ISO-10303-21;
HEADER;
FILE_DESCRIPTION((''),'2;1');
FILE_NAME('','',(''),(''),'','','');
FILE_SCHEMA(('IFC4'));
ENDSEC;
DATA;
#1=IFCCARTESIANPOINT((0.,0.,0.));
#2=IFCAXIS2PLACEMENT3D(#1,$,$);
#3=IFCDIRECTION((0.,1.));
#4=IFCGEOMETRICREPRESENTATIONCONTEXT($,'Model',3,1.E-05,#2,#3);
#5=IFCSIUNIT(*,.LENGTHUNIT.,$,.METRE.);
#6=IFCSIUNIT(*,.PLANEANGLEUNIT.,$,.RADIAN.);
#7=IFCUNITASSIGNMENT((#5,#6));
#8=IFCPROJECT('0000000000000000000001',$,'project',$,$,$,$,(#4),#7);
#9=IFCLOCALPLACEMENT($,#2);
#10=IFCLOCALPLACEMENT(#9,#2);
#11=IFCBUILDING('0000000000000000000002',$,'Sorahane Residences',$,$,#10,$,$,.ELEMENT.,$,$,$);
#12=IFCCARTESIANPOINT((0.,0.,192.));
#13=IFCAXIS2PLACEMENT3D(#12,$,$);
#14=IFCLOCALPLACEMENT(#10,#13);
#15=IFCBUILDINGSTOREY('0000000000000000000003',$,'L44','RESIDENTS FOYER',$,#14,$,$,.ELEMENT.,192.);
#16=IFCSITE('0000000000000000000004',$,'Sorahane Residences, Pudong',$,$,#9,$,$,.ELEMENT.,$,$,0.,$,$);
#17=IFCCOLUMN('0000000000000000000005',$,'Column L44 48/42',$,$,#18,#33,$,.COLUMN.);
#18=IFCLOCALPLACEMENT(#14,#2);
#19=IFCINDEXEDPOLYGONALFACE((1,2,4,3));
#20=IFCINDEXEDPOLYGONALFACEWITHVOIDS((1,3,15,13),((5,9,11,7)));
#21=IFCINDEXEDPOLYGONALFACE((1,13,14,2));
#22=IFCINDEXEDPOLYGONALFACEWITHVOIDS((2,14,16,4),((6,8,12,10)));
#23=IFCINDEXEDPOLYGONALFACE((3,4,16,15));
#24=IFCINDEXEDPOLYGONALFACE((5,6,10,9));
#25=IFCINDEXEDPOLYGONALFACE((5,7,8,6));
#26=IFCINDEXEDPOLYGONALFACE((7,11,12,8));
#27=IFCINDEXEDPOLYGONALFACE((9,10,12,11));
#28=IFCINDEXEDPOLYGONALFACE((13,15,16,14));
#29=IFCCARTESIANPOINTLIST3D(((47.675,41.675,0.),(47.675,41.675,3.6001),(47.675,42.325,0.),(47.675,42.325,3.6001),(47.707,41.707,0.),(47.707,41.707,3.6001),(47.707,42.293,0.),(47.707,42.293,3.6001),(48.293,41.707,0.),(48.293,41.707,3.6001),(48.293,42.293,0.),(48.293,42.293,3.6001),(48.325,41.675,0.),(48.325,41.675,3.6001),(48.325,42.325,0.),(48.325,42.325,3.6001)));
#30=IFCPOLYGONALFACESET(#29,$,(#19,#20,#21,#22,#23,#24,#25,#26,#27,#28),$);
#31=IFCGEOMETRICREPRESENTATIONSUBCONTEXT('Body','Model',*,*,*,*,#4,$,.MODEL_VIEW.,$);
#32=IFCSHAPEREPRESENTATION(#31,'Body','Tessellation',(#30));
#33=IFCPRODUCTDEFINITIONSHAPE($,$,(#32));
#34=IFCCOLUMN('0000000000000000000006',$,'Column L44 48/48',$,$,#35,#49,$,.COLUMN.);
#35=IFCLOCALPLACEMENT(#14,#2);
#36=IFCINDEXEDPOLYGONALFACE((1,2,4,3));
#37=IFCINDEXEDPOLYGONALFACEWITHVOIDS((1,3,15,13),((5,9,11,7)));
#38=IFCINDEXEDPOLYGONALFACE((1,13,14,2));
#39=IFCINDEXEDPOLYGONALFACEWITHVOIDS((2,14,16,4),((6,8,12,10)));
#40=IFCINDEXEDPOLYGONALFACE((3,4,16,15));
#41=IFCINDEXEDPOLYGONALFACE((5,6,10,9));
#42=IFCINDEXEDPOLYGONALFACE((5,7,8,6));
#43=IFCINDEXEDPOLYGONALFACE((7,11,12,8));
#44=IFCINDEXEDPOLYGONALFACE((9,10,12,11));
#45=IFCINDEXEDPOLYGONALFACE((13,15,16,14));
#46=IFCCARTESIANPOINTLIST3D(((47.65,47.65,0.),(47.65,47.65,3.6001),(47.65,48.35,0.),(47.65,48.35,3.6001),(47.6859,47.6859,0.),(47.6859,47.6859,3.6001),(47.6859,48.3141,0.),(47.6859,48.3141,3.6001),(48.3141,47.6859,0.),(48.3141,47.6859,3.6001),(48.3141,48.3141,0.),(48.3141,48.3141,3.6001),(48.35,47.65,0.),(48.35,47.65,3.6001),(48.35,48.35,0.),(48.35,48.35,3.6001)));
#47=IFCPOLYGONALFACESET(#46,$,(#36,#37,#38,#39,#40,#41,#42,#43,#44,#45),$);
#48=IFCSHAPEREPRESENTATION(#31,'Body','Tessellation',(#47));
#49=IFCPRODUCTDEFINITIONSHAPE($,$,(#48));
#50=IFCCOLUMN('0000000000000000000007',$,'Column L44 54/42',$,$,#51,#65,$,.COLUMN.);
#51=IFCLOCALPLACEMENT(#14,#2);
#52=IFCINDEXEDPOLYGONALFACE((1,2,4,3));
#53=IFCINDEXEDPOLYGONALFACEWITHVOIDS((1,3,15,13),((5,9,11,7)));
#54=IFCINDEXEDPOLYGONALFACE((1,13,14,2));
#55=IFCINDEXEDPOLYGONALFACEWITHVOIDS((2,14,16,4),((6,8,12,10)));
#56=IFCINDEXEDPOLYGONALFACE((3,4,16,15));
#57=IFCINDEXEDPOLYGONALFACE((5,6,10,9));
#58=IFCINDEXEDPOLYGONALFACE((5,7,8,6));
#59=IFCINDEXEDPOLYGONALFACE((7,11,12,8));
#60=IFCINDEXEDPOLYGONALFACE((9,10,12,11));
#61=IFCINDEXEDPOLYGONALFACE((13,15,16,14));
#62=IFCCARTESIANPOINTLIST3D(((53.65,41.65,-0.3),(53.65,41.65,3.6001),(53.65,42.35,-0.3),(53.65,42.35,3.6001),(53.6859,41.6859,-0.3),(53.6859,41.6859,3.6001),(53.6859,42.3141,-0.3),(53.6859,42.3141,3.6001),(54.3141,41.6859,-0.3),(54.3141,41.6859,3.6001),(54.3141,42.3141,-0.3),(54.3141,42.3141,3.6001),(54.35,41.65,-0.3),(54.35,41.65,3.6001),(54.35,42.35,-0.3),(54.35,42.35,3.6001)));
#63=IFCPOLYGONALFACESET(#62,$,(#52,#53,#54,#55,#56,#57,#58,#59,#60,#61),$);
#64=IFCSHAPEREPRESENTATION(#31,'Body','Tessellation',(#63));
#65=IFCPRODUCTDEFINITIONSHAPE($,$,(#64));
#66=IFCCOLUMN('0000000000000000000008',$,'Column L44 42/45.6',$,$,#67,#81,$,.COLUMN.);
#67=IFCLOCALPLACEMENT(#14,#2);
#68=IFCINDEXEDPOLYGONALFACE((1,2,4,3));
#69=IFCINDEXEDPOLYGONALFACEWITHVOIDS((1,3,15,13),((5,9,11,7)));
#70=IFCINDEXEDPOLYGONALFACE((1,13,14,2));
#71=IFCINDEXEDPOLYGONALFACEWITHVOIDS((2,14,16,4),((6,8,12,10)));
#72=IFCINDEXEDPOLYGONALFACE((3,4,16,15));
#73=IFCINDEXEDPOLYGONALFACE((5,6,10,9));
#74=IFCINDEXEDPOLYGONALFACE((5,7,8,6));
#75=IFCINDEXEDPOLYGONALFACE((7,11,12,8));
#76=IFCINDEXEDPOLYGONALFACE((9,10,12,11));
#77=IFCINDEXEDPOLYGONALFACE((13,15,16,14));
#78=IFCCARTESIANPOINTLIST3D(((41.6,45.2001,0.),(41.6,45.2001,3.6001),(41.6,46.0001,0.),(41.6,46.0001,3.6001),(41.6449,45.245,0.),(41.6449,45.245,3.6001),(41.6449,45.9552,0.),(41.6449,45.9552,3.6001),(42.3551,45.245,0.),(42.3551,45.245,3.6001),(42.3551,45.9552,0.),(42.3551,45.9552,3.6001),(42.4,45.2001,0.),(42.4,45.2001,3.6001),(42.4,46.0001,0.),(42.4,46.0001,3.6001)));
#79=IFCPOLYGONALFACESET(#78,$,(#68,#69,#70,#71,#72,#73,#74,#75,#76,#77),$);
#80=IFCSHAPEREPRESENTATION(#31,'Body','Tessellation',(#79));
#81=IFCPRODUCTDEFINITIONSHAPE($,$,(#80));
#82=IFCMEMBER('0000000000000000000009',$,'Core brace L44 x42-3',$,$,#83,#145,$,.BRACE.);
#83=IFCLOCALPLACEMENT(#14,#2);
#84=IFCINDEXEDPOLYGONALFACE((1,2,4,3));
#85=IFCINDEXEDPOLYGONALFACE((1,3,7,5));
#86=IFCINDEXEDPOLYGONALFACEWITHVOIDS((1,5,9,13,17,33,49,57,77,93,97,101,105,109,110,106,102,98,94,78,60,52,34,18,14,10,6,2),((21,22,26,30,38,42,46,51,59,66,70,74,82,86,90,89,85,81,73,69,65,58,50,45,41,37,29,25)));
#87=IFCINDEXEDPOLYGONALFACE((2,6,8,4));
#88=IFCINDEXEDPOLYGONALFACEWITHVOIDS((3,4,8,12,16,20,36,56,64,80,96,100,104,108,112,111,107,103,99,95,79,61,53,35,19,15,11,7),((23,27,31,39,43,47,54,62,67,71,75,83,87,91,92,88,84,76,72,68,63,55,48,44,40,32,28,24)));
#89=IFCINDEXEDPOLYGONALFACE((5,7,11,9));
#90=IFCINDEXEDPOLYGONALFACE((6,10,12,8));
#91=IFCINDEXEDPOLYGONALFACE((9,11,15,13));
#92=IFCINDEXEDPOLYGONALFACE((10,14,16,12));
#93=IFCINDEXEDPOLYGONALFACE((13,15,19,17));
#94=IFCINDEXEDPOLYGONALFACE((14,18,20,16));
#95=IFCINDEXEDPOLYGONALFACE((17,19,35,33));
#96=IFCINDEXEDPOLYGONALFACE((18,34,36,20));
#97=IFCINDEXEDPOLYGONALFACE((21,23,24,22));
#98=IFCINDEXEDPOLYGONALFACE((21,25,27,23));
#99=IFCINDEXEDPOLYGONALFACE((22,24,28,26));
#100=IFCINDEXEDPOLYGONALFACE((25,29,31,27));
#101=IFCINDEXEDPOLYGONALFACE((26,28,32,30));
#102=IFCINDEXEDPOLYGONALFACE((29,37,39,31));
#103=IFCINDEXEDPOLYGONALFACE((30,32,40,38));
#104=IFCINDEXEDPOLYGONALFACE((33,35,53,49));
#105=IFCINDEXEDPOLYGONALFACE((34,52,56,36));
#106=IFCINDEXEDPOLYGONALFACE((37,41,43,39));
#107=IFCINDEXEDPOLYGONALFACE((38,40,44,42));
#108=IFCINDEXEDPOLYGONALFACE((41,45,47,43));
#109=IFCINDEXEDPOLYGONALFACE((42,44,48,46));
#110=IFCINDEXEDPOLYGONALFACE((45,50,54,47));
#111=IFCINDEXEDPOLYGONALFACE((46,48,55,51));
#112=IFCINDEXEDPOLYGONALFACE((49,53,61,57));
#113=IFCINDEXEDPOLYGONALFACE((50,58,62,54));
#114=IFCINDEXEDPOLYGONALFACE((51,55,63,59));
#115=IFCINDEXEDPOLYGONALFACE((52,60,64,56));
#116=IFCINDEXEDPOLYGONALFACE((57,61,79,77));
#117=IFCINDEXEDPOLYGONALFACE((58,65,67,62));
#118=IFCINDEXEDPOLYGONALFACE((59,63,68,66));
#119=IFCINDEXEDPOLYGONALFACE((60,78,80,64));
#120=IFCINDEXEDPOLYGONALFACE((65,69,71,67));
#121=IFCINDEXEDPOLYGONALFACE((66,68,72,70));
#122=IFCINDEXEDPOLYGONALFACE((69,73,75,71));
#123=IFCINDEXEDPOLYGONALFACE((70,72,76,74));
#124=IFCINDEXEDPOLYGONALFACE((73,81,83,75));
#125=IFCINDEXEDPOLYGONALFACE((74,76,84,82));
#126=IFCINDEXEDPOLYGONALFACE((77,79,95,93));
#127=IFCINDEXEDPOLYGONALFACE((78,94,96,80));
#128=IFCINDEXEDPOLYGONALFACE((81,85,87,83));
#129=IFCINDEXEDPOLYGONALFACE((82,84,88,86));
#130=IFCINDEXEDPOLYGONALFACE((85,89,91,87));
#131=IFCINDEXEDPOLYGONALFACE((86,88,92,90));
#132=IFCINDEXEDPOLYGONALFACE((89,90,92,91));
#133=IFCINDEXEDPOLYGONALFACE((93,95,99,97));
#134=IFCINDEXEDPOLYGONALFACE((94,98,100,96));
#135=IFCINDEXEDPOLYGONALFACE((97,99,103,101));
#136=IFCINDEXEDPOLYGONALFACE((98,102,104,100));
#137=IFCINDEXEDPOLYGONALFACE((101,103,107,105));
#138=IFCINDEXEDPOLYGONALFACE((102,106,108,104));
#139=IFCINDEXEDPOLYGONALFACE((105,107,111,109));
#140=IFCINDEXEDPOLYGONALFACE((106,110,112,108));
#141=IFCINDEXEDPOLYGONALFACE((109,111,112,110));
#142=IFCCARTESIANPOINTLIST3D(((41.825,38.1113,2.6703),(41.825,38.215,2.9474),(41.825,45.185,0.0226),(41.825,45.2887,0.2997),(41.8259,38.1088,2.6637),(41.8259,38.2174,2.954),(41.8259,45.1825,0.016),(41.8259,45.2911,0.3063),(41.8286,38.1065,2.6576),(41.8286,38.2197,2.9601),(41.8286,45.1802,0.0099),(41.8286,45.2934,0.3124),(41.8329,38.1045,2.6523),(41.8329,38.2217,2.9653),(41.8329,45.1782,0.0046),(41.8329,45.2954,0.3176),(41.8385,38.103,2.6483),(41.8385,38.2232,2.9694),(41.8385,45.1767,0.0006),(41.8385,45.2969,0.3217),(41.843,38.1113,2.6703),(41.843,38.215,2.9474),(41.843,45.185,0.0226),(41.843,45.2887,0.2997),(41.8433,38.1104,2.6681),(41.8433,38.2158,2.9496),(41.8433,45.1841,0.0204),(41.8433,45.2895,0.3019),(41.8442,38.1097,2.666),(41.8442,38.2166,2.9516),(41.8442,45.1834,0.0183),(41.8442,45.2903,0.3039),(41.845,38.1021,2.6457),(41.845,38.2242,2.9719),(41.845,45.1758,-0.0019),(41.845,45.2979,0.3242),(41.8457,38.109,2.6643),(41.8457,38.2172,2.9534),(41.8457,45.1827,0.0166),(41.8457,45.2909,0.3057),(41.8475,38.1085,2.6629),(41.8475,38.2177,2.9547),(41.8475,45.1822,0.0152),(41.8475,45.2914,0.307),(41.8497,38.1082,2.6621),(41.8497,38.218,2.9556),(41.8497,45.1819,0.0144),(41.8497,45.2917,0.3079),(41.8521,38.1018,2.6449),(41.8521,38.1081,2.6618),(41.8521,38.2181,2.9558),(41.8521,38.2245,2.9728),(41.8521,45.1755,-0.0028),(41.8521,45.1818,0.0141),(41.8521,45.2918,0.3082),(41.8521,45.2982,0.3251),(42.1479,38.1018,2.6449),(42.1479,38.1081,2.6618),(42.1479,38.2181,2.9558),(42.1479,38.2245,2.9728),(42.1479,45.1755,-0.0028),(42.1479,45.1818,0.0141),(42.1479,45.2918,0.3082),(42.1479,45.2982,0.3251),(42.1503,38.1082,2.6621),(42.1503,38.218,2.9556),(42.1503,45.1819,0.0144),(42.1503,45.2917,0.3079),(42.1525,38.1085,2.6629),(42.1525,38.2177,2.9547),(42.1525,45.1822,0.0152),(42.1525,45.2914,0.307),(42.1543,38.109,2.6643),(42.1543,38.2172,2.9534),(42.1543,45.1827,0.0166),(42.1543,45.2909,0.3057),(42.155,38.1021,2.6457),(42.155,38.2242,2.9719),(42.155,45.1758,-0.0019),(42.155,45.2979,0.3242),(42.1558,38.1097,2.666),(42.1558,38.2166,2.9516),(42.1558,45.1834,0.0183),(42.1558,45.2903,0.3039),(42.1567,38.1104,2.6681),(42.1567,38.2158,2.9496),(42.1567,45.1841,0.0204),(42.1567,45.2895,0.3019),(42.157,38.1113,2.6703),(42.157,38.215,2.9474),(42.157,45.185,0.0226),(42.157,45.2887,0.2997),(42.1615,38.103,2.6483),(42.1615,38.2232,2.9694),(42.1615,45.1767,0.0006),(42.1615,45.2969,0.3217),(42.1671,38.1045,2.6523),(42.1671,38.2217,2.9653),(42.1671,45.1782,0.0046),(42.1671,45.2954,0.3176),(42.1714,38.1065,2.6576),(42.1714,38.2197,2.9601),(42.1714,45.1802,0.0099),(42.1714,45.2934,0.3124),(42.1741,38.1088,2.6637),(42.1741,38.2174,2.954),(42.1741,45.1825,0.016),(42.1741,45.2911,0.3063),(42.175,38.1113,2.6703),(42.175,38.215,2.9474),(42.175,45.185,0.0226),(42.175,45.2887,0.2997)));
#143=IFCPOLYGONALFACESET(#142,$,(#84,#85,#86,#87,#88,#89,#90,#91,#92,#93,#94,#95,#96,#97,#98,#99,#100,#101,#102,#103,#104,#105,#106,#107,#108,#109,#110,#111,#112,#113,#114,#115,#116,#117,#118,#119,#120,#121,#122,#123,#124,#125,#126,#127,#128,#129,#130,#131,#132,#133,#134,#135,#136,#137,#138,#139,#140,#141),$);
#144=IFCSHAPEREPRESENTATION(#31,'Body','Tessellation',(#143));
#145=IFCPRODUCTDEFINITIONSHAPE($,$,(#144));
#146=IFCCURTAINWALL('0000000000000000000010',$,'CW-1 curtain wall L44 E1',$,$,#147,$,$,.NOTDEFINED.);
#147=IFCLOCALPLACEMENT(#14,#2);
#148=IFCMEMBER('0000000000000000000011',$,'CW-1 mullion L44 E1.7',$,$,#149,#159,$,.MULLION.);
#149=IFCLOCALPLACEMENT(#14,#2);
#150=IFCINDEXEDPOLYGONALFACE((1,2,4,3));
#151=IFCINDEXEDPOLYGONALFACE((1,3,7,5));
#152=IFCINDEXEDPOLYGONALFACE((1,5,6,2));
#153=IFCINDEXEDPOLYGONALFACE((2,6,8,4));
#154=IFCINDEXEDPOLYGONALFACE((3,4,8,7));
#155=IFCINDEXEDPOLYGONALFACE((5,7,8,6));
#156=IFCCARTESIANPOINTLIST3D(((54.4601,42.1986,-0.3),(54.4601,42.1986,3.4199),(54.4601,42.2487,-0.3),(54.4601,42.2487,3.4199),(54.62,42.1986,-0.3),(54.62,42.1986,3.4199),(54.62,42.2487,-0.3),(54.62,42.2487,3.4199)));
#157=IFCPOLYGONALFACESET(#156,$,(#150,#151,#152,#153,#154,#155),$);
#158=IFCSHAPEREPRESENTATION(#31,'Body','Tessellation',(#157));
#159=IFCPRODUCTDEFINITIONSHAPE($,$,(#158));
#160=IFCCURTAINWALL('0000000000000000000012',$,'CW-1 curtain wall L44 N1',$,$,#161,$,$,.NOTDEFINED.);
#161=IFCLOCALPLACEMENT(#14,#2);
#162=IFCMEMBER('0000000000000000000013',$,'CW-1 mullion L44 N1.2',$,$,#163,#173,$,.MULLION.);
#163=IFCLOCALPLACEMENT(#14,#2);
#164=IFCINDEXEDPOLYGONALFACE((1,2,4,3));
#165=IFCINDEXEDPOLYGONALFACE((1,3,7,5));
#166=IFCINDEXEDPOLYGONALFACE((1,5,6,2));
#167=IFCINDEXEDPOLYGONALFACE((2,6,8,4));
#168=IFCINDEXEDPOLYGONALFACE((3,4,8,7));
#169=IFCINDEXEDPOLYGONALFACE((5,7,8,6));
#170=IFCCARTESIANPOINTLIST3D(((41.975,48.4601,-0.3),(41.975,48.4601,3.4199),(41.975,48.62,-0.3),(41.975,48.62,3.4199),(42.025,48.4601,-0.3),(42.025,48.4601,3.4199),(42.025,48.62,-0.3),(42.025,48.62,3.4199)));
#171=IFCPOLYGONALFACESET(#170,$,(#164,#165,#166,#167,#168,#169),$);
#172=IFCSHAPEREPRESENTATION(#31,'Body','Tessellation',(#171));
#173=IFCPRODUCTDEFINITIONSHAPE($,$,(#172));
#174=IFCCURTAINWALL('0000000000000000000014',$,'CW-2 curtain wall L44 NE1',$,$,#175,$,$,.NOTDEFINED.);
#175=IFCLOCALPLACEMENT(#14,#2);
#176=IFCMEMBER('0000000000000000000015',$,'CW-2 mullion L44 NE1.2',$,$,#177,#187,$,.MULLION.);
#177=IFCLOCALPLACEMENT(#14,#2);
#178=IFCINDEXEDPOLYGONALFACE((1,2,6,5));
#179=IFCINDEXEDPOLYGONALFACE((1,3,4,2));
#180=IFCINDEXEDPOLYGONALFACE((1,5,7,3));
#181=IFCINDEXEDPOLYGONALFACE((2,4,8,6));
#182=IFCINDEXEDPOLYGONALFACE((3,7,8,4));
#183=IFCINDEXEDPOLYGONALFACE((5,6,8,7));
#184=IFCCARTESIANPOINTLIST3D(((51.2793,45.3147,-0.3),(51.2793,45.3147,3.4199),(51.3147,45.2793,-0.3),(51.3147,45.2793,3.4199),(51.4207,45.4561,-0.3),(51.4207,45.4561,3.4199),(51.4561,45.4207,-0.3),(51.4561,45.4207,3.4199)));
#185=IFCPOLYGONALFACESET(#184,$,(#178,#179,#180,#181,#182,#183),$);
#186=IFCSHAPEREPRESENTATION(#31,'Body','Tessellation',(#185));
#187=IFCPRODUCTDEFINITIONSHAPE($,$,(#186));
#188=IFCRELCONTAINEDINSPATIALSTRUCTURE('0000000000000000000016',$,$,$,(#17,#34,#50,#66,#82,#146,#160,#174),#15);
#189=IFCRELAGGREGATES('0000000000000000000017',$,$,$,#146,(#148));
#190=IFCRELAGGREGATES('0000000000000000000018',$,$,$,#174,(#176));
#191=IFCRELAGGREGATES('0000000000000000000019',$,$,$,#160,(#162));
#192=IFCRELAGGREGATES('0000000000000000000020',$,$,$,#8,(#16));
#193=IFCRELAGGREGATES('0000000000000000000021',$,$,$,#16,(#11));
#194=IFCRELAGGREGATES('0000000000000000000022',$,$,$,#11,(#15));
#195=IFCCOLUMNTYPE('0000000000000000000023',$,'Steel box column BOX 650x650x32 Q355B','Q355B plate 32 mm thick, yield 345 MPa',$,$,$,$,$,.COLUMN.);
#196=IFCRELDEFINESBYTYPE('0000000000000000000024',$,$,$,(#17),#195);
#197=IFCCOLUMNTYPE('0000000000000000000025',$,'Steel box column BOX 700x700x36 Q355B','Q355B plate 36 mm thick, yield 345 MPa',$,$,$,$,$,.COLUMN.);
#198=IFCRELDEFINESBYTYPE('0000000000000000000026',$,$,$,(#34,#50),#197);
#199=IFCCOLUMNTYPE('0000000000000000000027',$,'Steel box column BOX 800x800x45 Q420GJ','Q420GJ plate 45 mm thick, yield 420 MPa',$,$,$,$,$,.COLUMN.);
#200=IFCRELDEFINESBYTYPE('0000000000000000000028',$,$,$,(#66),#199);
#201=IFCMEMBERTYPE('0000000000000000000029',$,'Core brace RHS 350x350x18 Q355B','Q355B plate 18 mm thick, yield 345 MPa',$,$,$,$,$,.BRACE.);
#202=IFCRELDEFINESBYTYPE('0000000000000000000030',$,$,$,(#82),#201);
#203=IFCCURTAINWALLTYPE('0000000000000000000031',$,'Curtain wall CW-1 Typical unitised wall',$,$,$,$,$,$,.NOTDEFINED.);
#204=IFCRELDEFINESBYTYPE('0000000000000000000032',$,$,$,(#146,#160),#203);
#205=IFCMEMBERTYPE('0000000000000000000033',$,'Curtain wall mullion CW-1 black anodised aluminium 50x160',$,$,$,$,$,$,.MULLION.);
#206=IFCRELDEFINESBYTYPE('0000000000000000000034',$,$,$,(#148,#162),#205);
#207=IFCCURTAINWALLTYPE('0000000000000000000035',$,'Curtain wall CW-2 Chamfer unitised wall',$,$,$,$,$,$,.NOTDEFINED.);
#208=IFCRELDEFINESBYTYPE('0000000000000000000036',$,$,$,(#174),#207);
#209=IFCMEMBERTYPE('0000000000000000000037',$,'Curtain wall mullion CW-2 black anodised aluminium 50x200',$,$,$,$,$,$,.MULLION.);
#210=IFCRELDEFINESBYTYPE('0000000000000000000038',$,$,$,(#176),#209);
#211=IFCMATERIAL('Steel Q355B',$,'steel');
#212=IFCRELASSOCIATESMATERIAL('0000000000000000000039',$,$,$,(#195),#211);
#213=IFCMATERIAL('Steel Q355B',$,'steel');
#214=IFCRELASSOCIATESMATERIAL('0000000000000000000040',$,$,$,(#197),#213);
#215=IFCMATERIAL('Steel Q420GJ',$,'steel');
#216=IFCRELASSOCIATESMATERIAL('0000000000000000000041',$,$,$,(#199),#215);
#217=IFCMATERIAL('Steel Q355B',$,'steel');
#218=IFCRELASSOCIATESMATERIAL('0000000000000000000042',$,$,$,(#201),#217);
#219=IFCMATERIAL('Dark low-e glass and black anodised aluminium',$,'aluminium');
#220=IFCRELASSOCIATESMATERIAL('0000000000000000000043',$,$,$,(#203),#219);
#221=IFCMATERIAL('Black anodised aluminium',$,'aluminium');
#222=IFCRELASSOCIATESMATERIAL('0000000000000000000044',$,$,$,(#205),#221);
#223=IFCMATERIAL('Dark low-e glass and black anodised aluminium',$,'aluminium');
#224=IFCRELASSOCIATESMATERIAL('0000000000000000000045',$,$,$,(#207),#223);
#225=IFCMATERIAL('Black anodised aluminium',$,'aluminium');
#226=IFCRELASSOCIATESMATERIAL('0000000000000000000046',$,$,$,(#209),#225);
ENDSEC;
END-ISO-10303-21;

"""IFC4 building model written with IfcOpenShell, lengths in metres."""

from ifc_helpers import new_model, si_unit, direction, frame, origin, origin_2d, place, context, subcontext, project, spatial, rectangle, hollow_rectangle, extrude, material, material_profile, profile_set, type_object, element, aggregate, save


model = new_model("IFC4")

# Units and contexts
model_context = context("Model", 3, precision=1e-05, world=origin(), true_north=direction((0.0, 1.0)))
body_context = subcontext(model_context, "Body", "Model", "MODEL_VIEW")
ifc_project = project(units=[si_unit("LENGTHUNIT", "METRE"), si_unit("PLANEANGLEUNIT", "RADIAN")], contexts=[model_context])

# Site, building, storey
site_placement = place(None, origin())
site = spatial("IfcSite", under=ifc_project, at=site_placement, Name="Sorahane Residences, Pudong", CompositionType="ELEMENT", RefElevation=0.0)
building_placement = place(site_placement, origin())
building = spatial("IfcBuilding", under=site, at=building_placement, Name="Sorahane Residences", CompositionType="ELEMENT")
storey_placement = place(building_placement, frame((0.0, 0.0, 192.0)))
storey = spatial("IfcBuildingStorey", under=building, at=storey_placement, Name="L44", Description="RESIDENTS FOYER", CompositionType="ELEMENT", Elevation=192.0)

# Columns
ifc_material_1 = material(Name="Steel Q355B", Category="steel")
ifc_material_profile_1 = material_profile(ifc_material_1, hollow_rectangle(XDim=0.6499, YDim=0.6499, WallThickness=0.032, at=origin_2d()), Name="BOX 650x650x32")
ifc_profile_set_1 = profile_set([ifc_material_profile_1], Name="Steel Q355B")
column_type_1 = type_object("IfcColumnType", Name="Steel box column BOX 650x650x32 Q355B", Description="Q355B plate 32 mm thick, yield 345 MPa", PredefinedType="COLUMN", material=ifc_profile_set_1)
column_1_placement = place(storey_placement, frame((48.0, 42.0, 0.0), z_axis=(0.0, 0.0, 1.0), x_axis=(1.0, 0.0, 0.0)))
element("IfcColumn", 1, at=column_1_placement, inside=storey, type_object=column_type_1, Name="Column L44 48/42", PredefinedType="COLUMN", context=body_context, shape_type="SweptSolid", body=[
    extrude(hollow_rectangle(XDim=0.6499, YDim=0.6499, WallThickness=0.032, at=origin_2d()), origin(), (0.0, 0.0, 1.0), 3.6001),
])
ifc_material_2 = material(Name="Steel Q355B", Category="steel")
ifc_material_profile_2 = material_profile(ifc_material_2, hollow_rectangle(XDim=0.7, YDim=0.7, WallThickness=0.0359, at=origin_2d()), Name="BOX 700x700x36")
ifc_profile_set_2 = profile_set([ifc_material_profile_2], Name="Steel Q355B")
column_type_2 = type_object("IfcColumnType", Name="Steel box column BOX 700x700x36 Q355B", Description="Q355B plate 36 mm thick, yield 345 MPa", PredefinedType="COLUMN", material=ifc_profile_set_2)
column_2_placement = place(storey_placement, frame((48.0, 48.0, 0.0), z_axis=(0.0, 0.0, 1.0), x_axis=(1.0, 0.0, 0.0)))
element("IfcColumn", 2, at=column_2_placement, inside=storey, type_object=column_type_2, Name="Column L44 48/48", PredefinedType="COLUMN", context=body_context, shape_type="SweptSolid", body=[
    extrude(hollow_rectangle(XDim=0.7, YDim=0.7, WallThickness=0.0359, at=origin_2d()), origin(), (0.0, 0.0, 1.0), 3.6001),
])
column_3_placement = place(storey_placement, frame((54.0, 42.0, -0.3), z_axis=(0.0, 0.0, 1.0), x_axis=(1.0, 0.0, 0.0)))
element("IfcColumn", 3, at=column_3_placement, inside=storey, type_object=column_type_2, Name="Column L44 54/42", PredefinedType="COLUMN", context=body_context, shape_type="SweptSolid", body=[
    extrude(hollow_rectangle(XDim=0.7, YDim=0.7, WallThickness=0.0359, at=origin_2d()), origin(), (0.0, 0.0, 1.0), 3.9001),
])
ifc_material_3 = material(Name="Steel Q420GJ", Category="steel")
ifc_material_profile_3 = material_profile(ifc_material_3, hollow_rectangle(XDim=0.8, YDim=0.8, WallThickness=0.0449, at=origin_2d()), Name="BOX 800x800x45")
ifc_profile_set_3 = profile_set([ifc_material_profile_3], Name="Steel Q420GJ")
column_type_3 = type_object("IfcColumnType", Name="Steel box column BOX 800x800x45 Q420GJ", Description="Q420GJ plate 45 mm thick, yield 420 MPa", PredefinedType="COLUMN", material=ifc_profile_set_3)
column_4_placement = place(storey_placement, frame((42.0, 45.6001, 0.0), z_axis=(0.0, 0.0, 1.0), x_axis=(1.0, 0.0, 0.0)))
element("IfcColumn", 4, at=column_4_placement, inside=storey, type_object=column_type_3, Name="Column L44 42/45.6", PredefinedType="COLUMN", context=body_context, shape_type="SweptSolid", body=[
    extrude(hollow_rectangle(XDim=0.8, YDim=0.8, WallThickness=0.0449, at=origin_2d()), origin(), (0.0, 0.0, 1.0), 3.6001),
])

# Member
ifc_material_4 = material(Name="Steel Q355B", Category="steel")
ifc_material_profile_4 = material_profile(ifc_material_4, hollow_rectangle(XDim=0.3501, YDim=0.3501, WallThickness=0.0181, InnerFilletRadius=0.009, OuterFilletRadius=0.0271, at=origin_2d()), Name="RHS 350x350x18")
ifc_profile_set_4 = profile_set([ifc_material_profile_4], Name="Steel Q355B")
member_type_1 = type_object("IfcMemberType", Name="Core brace RHS 350x350x18 Q355B", Description="Q355B plate 18 mm thick, yield 345 MPa", PredefinedType="BRACE", material=ifc_profile_set_4)
member_1_placement = place(storey_placement, frame((42.0, 45.2368, 0.1611), z_axis=(0.0, -0.936544, 0.35055), x_axis=(1.0, 0.0, 0.0)))
element("IfcMember", 5, at=member_1_placement, inside=storey, type_object=member_type_1, Name="Core brace L44 x42-3", PredefinedType="BRACE", context=body_context, shape_type="SweptSolid", body=[
    extrude(hollow_rectangle(XDim=0.3501, YDim=0.3501, WallThickness=0.0181, InnerFilletRadius=0.009, OuterFilletRadius=0.0271, at=origin_2d()), origin(), (0.0, 0.0, 1.0), 7.553),
])

# Curtain walls, members
ifc_material_5 = material(Name="Dark low-e glass and black anodised aluminium", Category="aluminium")
curtain_wall_type_1 = type_object("IfcCurtainWallType", Name="Curtain wall CW-1 Typical unitised wall", PredefinedType="NOTDEFINED", material=ifc_material_5)
curtain_wall_1_placement = place(storey_placement, origin())
curtain_wall_1 = element("IfcCurtainWall", 6, at=curtain_wall_1_placement, inside=storey, type_object=curtain_wall_type_1, Name="CW-1 curtain wall L44 E1", PredefinedType="NOTDEFINED")
ifc_material_6 = material(Name="Black anodised aluminium", Category="aluminium")
ifc_material_profile_5 = material_profile(ifc_material_6, rectangle(XDim=0.1599, YDim=0.05, at=origin_2d()), Name="Curtain wall mullion CW-1 black anodised aluminium 50x160")
ifc_profile_set_5 = profile_set([ifc_material_profile_5], Name="Black anodised aluminium")
member_type_2 = type_object("IfcMemberType", Name="Curtain wall mullion CW-1 black anodised aluminium 50x160", PredefinedType="MULLION", material=ifc_profile_set_5)
member_2_placement = place(storey_placement, frame((54.54, 42.2236, -0.3), z_axis=(0.0, 0.0, 1.0), x_axis=(1.0, 0.0, 0.0)))
member_2 = element("IfcMember", 7, at=member_2_placement, type_object=member_type_2, Name="CW-1 mullion L44 E1.7", PredefinedType="MULLION", context=body_context, shape_type="SweptSolid", body=[
    extrude(rectangle(XDim=0.1599, YDim=0.05, at=origin_2d()), origin(), (0.0, 0.0, 1.0), 3.72),
])
aggregate(curtain_wall_1, [member_2])
curtain_wall_2_placement = place(storey_placement, origin())
curtain_wall_2 = element("IfcCurtainWall", 8, at=curtain_wall_2_placement, inside=storey, type_object=curtain_wall_type_1, Name="CW-1 curtain wall L44 N1", PredefinedType="NOTDEFINED")
member_3_placement = place(storey_placement, frame((42.0, 48.54, -0.3), z_axis=(0.0, 0.0, 1.0), x_axis=(0.0, 1.0, 0.0)))
member_3 = element("IfcMember", 9, at=member_3_placement, type_object=member_type_2, Name="CW-1 mullion L44 N1.2", PredefinedType="MULLION", context=body_context, shape_type="SweptSolid", body=[
    extrude(rectangle(XDim=0.1599, YDim=0.05, at=origin_2d()), origin(), (0.0, 0.0, 1.0), 3.72),
])

# Curtain wall, member
ifc_material_7 = material(Name="Dark low-e glass and black anodised aluminium", Category="aluminium")
curtain_wall_type_2 = type_object("IfcCurtainWallType", Name="Curtain wall CW-2 Chamfer unitised wall", PredefinedType="NOTDEFINED", material=ifc_material_7)
curtain_wall_3_placement = place(storey_placement, origin())
curtain_wall_3 = element("IfcCurtainWall", 10, at=curtain_wall_3_placement, inside=storey, type_object=curtain_wall_type_2, Name="CW-2 curtain wall L44 NE1", PredefinedType="NOTDEFINED")
ifc_material_8 = material(Name="Black anodised aluminium", Category="aluminium")
ifc_material_profile_6 = material_profile(ifc_material_8, rectangle(XDim=0.2, YDim=0.05, at=origin_2d()), Name="Curtain wall mullion CW-2 black anodised aluminium 50x200")
ifc_profile_set_6 = profile_set([ifc_material_profile_6], Name="Black anodised aluminium")
member_type_3 = type_object("IfcMemberType", Name="Curtain wall mullion CW-2 black anodised aluminium 50x200", PredefinedType="MULLION", material=ifc_profile_set_6)
member_4_placement = place(storey_placement, frame((51.3677, 45.3677, -0.3), z_axis=(0.0, 0.0, 1.0), x_axis=(0.707107, 0.707107, 0.0)))
member_4 = element("IfcMember", 11, at=member_4_placement, type_object=member_type_3, Name="CW-2 mullion L44 NE1.2", PredefinedType="MULLION", context=body_context, shape_type="SweptSolid", body=[
    extrude(rectangle(XDim=0.2, YDim=0.05, at=origin_2d()), origin(), (0.0, 0.0, 1.0), 3.72),
])

aggregate(curtain_wall_3, [member_4])
aggregate(curtain_wall_2, [member_3])

save(model, "model.ifc")
